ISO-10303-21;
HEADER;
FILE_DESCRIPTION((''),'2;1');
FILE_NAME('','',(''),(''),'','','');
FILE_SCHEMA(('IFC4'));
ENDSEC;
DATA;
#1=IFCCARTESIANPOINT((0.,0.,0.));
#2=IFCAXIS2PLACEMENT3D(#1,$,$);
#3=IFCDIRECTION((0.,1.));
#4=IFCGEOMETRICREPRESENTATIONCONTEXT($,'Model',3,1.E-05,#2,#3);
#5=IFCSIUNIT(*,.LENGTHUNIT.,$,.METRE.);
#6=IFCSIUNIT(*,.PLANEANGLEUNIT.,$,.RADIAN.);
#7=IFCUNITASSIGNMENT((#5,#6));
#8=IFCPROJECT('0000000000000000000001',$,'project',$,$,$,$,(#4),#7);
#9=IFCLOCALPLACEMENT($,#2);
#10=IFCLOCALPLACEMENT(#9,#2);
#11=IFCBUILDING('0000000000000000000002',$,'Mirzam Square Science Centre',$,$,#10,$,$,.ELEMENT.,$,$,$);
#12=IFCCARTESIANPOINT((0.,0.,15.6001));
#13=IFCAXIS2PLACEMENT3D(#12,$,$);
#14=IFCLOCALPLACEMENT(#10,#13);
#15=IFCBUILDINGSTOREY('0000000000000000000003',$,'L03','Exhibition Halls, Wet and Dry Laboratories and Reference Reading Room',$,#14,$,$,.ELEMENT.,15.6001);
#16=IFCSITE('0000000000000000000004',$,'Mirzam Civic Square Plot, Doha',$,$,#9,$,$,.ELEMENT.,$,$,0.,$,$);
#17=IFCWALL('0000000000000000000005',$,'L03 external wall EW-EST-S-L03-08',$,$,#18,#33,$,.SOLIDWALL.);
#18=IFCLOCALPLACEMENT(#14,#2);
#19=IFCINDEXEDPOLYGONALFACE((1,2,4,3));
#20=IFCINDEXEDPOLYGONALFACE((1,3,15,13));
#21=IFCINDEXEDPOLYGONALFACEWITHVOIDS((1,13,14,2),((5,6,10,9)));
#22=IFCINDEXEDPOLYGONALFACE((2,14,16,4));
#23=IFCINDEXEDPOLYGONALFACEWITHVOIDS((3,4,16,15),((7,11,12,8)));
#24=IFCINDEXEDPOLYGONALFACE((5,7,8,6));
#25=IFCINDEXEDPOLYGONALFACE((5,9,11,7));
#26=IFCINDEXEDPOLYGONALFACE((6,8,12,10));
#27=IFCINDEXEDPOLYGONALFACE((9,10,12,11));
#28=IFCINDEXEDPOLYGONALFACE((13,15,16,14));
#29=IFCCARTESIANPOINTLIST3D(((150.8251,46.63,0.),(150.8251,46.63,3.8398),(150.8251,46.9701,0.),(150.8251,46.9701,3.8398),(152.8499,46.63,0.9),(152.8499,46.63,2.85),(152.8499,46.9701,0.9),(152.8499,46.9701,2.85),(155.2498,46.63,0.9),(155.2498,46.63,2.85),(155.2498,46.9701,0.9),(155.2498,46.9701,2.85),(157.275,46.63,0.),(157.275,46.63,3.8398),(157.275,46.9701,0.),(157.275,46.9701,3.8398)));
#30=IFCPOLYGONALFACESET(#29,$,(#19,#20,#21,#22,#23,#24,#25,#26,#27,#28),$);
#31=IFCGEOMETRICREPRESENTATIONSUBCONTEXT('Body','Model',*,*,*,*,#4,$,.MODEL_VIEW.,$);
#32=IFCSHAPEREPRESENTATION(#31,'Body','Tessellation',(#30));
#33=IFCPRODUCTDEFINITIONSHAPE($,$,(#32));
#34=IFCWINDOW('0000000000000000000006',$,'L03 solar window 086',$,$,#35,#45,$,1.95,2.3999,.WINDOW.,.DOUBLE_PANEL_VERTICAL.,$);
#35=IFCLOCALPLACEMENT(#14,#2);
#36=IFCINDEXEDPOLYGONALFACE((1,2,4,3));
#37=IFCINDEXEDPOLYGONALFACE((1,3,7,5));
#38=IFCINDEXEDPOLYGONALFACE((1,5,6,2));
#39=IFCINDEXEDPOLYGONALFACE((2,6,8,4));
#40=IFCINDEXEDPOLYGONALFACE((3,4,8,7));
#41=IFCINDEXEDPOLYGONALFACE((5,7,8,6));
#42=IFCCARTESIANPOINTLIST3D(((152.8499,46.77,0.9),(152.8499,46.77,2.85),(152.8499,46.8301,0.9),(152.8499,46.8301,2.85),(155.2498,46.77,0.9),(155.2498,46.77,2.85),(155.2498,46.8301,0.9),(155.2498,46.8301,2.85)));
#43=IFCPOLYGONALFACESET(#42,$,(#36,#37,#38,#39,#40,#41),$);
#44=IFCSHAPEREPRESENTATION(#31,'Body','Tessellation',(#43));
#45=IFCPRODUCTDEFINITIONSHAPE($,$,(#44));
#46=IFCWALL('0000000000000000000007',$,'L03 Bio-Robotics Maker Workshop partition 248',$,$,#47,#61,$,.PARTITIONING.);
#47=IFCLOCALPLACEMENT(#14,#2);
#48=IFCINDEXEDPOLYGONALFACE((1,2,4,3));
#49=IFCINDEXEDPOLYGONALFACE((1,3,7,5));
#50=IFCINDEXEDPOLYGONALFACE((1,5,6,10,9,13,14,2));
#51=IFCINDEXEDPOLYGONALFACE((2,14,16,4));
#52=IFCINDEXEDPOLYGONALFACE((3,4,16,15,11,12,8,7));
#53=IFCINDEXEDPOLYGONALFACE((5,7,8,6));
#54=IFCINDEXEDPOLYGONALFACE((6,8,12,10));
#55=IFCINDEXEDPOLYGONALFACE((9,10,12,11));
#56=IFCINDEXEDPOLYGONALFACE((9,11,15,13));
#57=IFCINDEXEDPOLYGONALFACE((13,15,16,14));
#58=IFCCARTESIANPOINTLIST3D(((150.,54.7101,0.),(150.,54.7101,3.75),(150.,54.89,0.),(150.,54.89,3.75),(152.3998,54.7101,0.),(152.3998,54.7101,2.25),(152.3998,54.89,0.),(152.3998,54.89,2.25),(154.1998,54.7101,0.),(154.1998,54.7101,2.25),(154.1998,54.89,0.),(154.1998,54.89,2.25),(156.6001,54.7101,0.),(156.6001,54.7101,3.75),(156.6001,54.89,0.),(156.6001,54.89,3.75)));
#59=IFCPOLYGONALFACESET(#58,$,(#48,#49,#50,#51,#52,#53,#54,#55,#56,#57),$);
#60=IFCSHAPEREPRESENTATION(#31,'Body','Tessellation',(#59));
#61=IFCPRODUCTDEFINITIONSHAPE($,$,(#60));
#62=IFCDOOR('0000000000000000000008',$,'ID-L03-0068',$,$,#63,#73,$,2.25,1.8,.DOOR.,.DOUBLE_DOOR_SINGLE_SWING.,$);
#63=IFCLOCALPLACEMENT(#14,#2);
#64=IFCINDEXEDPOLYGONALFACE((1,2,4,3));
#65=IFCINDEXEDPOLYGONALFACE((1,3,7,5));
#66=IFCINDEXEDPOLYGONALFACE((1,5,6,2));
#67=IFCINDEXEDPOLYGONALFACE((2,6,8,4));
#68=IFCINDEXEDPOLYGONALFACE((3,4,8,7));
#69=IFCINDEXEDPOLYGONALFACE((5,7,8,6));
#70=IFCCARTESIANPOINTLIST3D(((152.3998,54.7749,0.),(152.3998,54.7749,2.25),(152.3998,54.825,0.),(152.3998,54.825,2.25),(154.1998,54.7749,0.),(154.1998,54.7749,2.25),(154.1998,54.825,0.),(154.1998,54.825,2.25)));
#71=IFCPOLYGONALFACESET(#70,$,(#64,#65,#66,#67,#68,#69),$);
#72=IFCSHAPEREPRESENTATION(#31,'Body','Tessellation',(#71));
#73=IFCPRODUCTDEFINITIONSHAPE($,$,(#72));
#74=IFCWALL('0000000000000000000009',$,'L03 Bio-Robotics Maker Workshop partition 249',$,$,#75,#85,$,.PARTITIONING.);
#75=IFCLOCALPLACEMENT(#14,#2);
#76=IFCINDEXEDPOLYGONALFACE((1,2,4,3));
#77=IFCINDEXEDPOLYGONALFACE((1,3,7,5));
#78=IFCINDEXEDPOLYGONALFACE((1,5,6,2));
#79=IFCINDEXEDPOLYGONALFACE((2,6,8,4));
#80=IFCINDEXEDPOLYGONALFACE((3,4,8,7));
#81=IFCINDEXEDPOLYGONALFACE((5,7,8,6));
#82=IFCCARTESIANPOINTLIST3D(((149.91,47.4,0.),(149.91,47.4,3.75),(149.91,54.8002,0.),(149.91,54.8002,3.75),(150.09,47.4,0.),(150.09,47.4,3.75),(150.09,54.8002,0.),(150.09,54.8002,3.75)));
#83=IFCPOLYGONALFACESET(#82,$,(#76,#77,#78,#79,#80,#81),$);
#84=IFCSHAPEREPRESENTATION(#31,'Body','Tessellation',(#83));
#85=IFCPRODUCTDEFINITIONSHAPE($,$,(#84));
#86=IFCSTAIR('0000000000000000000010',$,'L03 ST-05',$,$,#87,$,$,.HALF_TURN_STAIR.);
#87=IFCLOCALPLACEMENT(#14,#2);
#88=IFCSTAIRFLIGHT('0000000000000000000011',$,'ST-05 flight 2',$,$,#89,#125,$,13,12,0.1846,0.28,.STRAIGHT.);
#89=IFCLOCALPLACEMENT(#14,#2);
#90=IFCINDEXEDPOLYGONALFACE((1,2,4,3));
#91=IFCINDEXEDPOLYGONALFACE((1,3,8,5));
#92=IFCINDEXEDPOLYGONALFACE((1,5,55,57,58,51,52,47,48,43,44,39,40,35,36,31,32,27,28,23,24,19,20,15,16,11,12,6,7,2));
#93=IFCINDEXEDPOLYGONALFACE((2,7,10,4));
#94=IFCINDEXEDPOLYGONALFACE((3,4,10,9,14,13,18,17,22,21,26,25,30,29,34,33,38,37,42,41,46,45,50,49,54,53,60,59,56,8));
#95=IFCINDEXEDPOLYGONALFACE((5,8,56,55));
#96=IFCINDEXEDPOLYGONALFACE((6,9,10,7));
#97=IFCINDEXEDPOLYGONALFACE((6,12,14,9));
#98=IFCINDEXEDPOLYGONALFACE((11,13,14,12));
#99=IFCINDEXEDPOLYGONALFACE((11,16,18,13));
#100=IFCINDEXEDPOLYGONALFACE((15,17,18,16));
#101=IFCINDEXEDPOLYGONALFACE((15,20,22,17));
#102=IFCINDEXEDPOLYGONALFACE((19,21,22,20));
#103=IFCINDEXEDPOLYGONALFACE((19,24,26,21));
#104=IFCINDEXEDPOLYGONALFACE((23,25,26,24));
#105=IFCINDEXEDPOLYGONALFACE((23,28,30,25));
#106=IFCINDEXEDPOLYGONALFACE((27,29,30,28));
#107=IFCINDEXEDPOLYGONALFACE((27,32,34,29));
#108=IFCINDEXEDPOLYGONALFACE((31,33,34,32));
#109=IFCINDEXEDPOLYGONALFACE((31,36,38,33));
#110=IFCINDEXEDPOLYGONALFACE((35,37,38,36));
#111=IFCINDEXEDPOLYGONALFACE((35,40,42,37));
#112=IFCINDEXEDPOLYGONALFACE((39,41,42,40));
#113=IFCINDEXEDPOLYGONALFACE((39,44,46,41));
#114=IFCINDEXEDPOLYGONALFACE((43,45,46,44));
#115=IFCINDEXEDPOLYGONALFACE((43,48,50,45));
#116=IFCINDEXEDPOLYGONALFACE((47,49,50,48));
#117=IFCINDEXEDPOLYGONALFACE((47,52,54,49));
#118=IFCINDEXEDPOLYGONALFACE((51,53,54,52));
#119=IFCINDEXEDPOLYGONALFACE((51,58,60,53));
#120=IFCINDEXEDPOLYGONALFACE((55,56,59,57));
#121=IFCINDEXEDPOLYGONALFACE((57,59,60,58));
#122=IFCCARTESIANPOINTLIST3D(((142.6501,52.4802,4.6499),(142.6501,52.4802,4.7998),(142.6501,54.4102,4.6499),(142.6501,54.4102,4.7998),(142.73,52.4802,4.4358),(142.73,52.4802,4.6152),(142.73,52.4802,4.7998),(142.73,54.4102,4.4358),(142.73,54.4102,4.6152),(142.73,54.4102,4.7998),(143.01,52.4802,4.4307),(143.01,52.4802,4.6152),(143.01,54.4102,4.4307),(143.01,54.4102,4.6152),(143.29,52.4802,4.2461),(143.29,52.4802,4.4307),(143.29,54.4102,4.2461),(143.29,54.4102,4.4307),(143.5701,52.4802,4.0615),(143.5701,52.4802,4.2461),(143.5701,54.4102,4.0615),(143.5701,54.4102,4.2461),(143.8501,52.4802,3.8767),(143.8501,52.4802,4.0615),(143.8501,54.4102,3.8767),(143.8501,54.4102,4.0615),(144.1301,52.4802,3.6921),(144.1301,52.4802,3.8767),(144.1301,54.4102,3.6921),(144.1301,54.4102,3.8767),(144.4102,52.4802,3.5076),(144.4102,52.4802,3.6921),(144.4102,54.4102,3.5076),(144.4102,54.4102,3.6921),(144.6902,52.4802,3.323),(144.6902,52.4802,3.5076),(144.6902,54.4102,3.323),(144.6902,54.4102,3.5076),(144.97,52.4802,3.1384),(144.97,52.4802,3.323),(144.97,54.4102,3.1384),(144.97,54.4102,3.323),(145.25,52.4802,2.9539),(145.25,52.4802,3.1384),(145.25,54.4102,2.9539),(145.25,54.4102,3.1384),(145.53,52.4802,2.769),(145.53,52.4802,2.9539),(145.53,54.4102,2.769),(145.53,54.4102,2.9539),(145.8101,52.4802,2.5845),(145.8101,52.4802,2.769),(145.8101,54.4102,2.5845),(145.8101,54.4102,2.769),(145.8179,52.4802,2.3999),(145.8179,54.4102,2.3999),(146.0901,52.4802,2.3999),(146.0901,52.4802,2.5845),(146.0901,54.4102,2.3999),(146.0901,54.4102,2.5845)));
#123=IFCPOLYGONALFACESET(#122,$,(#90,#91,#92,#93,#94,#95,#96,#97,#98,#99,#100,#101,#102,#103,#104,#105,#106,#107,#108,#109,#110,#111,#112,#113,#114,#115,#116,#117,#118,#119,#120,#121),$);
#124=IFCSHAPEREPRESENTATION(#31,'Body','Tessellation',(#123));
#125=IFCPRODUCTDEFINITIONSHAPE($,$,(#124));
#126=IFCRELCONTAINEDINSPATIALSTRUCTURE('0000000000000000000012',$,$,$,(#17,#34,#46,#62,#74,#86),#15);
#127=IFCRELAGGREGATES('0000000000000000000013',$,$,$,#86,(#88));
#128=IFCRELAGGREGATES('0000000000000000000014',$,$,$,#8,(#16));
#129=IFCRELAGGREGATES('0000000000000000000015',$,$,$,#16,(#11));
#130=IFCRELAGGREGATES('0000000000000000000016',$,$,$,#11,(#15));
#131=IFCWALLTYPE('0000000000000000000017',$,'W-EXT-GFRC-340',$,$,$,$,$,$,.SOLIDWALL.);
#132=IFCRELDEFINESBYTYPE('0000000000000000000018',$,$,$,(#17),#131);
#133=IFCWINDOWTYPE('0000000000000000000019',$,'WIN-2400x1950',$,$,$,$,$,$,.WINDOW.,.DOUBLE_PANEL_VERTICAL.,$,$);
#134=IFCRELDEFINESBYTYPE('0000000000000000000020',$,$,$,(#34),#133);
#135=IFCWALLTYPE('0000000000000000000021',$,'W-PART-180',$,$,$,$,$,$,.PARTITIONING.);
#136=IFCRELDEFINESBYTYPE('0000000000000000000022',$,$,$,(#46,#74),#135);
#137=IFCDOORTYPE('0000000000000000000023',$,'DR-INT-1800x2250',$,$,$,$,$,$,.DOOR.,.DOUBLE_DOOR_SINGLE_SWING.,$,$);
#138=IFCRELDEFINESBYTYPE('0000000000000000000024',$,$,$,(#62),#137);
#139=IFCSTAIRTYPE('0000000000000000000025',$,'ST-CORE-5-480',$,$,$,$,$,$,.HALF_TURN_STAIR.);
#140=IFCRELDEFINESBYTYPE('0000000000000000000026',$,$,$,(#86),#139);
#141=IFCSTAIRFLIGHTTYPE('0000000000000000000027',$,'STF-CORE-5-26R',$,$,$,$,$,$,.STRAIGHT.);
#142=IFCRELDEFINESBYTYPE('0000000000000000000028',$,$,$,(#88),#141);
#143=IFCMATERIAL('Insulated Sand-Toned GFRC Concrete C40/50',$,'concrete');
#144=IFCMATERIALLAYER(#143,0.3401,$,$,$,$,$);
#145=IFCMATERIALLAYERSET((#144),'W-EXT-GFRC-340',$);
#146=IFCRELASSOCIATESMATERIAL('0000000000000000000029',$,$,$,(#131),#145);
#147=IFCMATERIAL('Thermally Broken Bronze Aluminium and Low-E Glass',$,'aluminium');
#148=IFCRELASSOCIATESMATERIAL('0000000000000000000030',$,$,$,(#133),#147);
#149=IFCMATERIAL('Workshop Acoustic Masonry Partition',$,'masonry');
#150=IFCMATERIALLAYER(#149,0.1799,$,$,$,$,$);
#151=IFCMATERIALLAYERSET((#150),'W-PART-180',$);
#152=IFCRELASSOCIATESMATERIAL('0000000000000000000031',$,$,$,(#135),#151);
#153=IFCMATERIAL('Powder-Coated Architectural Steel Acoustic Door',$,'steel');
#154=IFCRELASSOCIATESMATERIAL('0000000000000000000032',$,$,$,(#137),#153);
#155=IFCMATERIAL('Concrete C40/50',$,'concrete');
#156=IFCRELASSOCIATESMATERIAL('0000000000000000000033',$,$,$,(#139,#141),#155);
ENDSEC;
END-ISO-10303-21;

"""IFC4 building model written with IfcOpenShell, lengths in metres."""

from ifc_helpers import new_model, si_unit, direction, frame, frame_2d, origin, place, context, subcontext, project, spatial, polyline, rectangle, outline, extrude, material, layer, layer_set, type_object, element, fill, aggregate, save


model = new_model("IFC4")

# Units and contexts
model_context = context("Model", 3, precision=1e-05, world=origin(), true_north=direction((0.0, 1.0)))
body_context = subcontext(model_context, "Body", "Model", "MODEL_VIEW")
ifc_project = project(units=[si_unit("LENGTHUNIT", "METRE"), si_unit("PLANEANGLEUNIT", "RADIAN")], contexts=[model_context])

# Site, building, storey
site_placement = place(None, origin())
site = spatial("IfcSite", under=ifc_project, at=site_placement, Name="Mirzam Civic Square Plot, Doha", CompositionType="ELEMENT", RefElevation=0.0)
building_placement = place(site_placement, origin())
building = spatial("IfcBuilding", under=site, at=building_placement, Name="Mirzam Square Science Centre", CompositionType="ELEMENT")
storey_placement = place(building_placement, frame((0.0, 0.0, 15.6001)))
storey = spatial("IfcBuildingStorey", under=building, at=storey_placement, Name="L03", Description="Exhibition Halls, Wet and Dry Laboratories and Reference Reading Room", CompositionType="ELEMENT", Elevation=15.6001)

# Wall, opening, window
ifc_material_1 = material(Name="Insulated Sand-Toned GFRC Concrete C40/50", Category="concrete")
ifc_layer_1 = layer(ifc_material_1, 0.3401)
ifc_layer_set_1 = layer_set([ifc_layer_1], Name="W-EXT-GFRC-340")
wall_type_1 = type_object("IfcWallType", Name="W-EXT-GFRC-340", PredefinedType="SOLIDWALL", material=ifc_layer_set_1)
wall_1_placement = place(storey_placement, frame((150.825, 46.8, 0.0), z_axis=(0.0, 0.0, 1.0), x_axis=(1.0, 0.0, 0.0)))
wall_1 = element("IfcWall", 1, at=wall_1_placement, inside=storey, type_object=wall_type_1, Name="L03 external wall EW-EST-S-L03-08", PredefinedType="SOLIDWALL", context=body_context, shape_type="SweptSolid", body=[
    extrude(rectangle(XDim=6.45, YDim=0.3401, at=frame_2d((3.2251, 0.0))), origin(), (0.0, 0.0, 1.0), 3.8398),
])
opening_1_placement = place(wall_1_placement, frame((2.0249, 0.0, 0.8999)))
opening_1 = element("IfcOpeningElement", 2, at=opening_1_placement, cuts=wall_1, PredefinedType="OPENING", context=body_context, shape_type="SweptSolid", body=[
    extrude(rectangle(XDim=2.3999, YDim=1.95, at=frame_2d((1.2, 0.9751))), frame((0.0, 0.1799, 0.0), z_axis=(0.0, -1.0, 0.0), x_axis=(1.0, 0.0, 0.0)), (0.0, 0.0, 1.0), 0.3601),
])
ifc_material_2 = material(Name="Thermally Broken Bronze Aluminium and Low-E Glass", Category="aluminium")
window_type = type_object("IfcWindowType", Name="WIN-2400x1950", PartitioningType="DOUBLE_PANEL_VERTICAL", PredefinedType="WINDOW", material=ifc_material_2)
window_placement = place(opening_1_placement, origin())
window = element("IfcWindow", 3, at=window_placement, inside=storey, type_object=window_type, Name="L03 solar window 086", OverallHeight=1.95, OverallWidth=2.3999, PartitioningType="DOUBLE_PANEL_VERTICAL", PredefinedType="WINDOW", context=body_context, shape_type="SweptSolid", body=[
    extrude(rectangle(XDim=2.3999, YDim=1.95, at=frame_2d((1.2, 0.9751))), frame((0.0, 0.03, 0.0), z_axis=(0.0, -1.0, 0.0), x_axis=(1.0, 0.0, 0.0)), (0.0, 0.0, 1.0), 0.0601),
])
fill(opening_1, window)

# Wall, opening, door
ifc_material_3 = material(Name="Workshop Acoustic Masonry Partition", Category="masonry")
ifc_layer_2 = layer(ifc_material_3, 0.1799)
ifc_layer_set_2 = layer_set([ifc_layer_2], Name="W-PART-180")
wall_type_2 = type_object("IfcWallType", Name="W-PART-180", PredefinedType="PARTITIONING", material=ifc_layer_set_2)
wall_2_placement = place(storey_placement, frame((150.0, 54.8, 0.0), z_axis=(0.0, 0.0, 1.0), x_axis=(1.0, 0.0, 0.0)))
wall_2 = element("IfcWall", 4, at=wall_2_placement, inside=storey, type_object=wall_type_2, Name="L03 Bio-Robotics Maker Workshop partition 248", PredefinedType="PARTITIONING", context=body_context, shape_type="SweptSolid", body=[
    extrude(rectangle(XDim=6.6001, YDim=0.1799, at=frame_2d((3.3, 0.0))), origin(), (0.0, 0.0, 1.0), 3.75),
])
opening_2_placement = place(wall_2_placement, frame((2.3999, 0.0, 0.0)))
opening_2 = element("IfcOpeningElement", 5, at=opening_2_placement, cuts=wall_2, PredefinedType="OPENING", context=body_context, shape_type="SweptSolid", body=[
    extrude(rectangle(XDim=1.8, YDim=2.25, at=frame_2d((0.8999, 1.125))), frame((0.0, 0.0999, 0.0), z_axis=(0.0, -1.0, 0.0), x_axis=(1.0, 0.0, 0.0)), (0.0, 0.0, 1.0), 0.2),
])
ifc_material_4 = material(Name="Powder-Coated Architectural Steel Acoustic Door", Category="steel")
door_type = type_object("IfcDoorType", Name="DR-INT-1800x2250", OperationType="DOUBLE_DOOR_SINGLE_SWING", PredefinedType="DOOR", material=ifc_material_4)
door_placement = place(opening_2_placement, origin())
door = element("IfcDoor", 6, at=door_placement, inside=storey, type_object=door_type, Name="ID-L03-0068", OperationType="DOUBLE_DOOR_SINGLE_SWING", OverallHeight=2.25, OverallWidth=1.8, PredefinedType="DOOR", context=body_context, shape_type="SweptSolid", body=[
    extrude(rectangle(XDim=1.8, YDim=2.25, at=frame_2d((0.8999, 1.125))), frame((0.0, 0.0249, 0.0), z_axis=(0.0, -1.0, 0.0), x_axis=(1.0, 0.0, 0.0)), (0.0, 0.0, 1.0), 0.05),
])
fill(opening_2, door)

# Wall
wall_3_placement = place(storey_placement, frame((150.0, 47.3999, 0.0), z_axis=(0.0, 0.0, 1.0), x_axis=(0.0, 1.0, 0.0)))
element("IfcWall", 7, at=wall_3_placement, inside=storey, type_object=wall_type_2, Name="L03 Bio-Robotics Maker Workshop partition 249", PredefinedType="PARTITIONING", context=body_context, shape_type="SweptSolid", body=[
    extrude(rectangle(XDim=7.4001, YDim=0.1799, at=frame_2d((3.7002, 0.0))), origin(), (0.0, 0.0, 1.0), 3.75),
])

# Stair, stair flight
ifc_material_5 = material(Name="Concrete C40/50", Category="concrete")
stair_type = type_object("IfcStairType", Name="ST-CORE-5-480", PredefinedType="HALF_TURN_STAIR", material=ifc_material_5)
stair_placement = place(storey_placement, origin())
stair = element("IfcStair", 8, at=stair_placement, inside=storey, type_object=stair_type, Name="L03 ST-05", PredefinedType="HALF_TURN_STAIR")
stair_flight_type = type_object("IfcStairFlightType", Name="STF-CORE-5-26R", PredefinedType="STRAIGHT", material=ifc_material_5)
stair_flight_placement = place(storey_placement, frame((146.0901, 53.4451, 2.3999), z_axis=(0.0, 0.0, 1.0), x_axis=(-1.0, 0.0, 0.0)))
stair_flight = element("IfcStairFlight", 9, at=stair_flight_placement, type_object=stair_flight_type, Name="ST-05 flight 2", NumberOfRisers=13, NumberOfTreads=12, PredefinedType="STRAIGHT", RiserHeight=0.1846, TreadLength=0.28, context=body_context, shape_type="SweptSolid", body=[
    extrude(outline(polyline([(0.0, 0.0), (0.0, 0.1846), (0.28, 0.1846), (0.28, 0.3691), (0.5601, 0.3691), (0.5601, 0.554), (0.8401, 0.554), (0.8401, 0.7385), (1.1201, 0.7385), (1.1201, 0.9231), (1.3999, 0.9231), (1.3999, 1.1077), (1.6799, 1.1077), (1.6799, 1.2922), (1.96, 1.2922), (1.96, 1.4768), (2.24, 1.4768), (2.24, 1.6616), (2.52, 1.6616), (2.52, 1.8462), (2.8, 1.8462), (2.8, 2.0308), (3.0801, 2.0308), (3.0801, 2.2153), (3.3601, 2.2153), (3.3601, 2.3999), (3.4399, 2.3999), (3.4399, 2.25), (3.3601, 2.0359), (0.2722, 0.0), (0.0, 0.0)])), frame((0.0, 0.9648, 0.0), z_axis=(0.0, -1.0, 0.0), x_axis=(1.0, 0.0, 0.0)), (0.0, 0.0, 1.0), 1.9299),
])
aggregate(stair, [stair_flight])

save(model, "model.ifc")
